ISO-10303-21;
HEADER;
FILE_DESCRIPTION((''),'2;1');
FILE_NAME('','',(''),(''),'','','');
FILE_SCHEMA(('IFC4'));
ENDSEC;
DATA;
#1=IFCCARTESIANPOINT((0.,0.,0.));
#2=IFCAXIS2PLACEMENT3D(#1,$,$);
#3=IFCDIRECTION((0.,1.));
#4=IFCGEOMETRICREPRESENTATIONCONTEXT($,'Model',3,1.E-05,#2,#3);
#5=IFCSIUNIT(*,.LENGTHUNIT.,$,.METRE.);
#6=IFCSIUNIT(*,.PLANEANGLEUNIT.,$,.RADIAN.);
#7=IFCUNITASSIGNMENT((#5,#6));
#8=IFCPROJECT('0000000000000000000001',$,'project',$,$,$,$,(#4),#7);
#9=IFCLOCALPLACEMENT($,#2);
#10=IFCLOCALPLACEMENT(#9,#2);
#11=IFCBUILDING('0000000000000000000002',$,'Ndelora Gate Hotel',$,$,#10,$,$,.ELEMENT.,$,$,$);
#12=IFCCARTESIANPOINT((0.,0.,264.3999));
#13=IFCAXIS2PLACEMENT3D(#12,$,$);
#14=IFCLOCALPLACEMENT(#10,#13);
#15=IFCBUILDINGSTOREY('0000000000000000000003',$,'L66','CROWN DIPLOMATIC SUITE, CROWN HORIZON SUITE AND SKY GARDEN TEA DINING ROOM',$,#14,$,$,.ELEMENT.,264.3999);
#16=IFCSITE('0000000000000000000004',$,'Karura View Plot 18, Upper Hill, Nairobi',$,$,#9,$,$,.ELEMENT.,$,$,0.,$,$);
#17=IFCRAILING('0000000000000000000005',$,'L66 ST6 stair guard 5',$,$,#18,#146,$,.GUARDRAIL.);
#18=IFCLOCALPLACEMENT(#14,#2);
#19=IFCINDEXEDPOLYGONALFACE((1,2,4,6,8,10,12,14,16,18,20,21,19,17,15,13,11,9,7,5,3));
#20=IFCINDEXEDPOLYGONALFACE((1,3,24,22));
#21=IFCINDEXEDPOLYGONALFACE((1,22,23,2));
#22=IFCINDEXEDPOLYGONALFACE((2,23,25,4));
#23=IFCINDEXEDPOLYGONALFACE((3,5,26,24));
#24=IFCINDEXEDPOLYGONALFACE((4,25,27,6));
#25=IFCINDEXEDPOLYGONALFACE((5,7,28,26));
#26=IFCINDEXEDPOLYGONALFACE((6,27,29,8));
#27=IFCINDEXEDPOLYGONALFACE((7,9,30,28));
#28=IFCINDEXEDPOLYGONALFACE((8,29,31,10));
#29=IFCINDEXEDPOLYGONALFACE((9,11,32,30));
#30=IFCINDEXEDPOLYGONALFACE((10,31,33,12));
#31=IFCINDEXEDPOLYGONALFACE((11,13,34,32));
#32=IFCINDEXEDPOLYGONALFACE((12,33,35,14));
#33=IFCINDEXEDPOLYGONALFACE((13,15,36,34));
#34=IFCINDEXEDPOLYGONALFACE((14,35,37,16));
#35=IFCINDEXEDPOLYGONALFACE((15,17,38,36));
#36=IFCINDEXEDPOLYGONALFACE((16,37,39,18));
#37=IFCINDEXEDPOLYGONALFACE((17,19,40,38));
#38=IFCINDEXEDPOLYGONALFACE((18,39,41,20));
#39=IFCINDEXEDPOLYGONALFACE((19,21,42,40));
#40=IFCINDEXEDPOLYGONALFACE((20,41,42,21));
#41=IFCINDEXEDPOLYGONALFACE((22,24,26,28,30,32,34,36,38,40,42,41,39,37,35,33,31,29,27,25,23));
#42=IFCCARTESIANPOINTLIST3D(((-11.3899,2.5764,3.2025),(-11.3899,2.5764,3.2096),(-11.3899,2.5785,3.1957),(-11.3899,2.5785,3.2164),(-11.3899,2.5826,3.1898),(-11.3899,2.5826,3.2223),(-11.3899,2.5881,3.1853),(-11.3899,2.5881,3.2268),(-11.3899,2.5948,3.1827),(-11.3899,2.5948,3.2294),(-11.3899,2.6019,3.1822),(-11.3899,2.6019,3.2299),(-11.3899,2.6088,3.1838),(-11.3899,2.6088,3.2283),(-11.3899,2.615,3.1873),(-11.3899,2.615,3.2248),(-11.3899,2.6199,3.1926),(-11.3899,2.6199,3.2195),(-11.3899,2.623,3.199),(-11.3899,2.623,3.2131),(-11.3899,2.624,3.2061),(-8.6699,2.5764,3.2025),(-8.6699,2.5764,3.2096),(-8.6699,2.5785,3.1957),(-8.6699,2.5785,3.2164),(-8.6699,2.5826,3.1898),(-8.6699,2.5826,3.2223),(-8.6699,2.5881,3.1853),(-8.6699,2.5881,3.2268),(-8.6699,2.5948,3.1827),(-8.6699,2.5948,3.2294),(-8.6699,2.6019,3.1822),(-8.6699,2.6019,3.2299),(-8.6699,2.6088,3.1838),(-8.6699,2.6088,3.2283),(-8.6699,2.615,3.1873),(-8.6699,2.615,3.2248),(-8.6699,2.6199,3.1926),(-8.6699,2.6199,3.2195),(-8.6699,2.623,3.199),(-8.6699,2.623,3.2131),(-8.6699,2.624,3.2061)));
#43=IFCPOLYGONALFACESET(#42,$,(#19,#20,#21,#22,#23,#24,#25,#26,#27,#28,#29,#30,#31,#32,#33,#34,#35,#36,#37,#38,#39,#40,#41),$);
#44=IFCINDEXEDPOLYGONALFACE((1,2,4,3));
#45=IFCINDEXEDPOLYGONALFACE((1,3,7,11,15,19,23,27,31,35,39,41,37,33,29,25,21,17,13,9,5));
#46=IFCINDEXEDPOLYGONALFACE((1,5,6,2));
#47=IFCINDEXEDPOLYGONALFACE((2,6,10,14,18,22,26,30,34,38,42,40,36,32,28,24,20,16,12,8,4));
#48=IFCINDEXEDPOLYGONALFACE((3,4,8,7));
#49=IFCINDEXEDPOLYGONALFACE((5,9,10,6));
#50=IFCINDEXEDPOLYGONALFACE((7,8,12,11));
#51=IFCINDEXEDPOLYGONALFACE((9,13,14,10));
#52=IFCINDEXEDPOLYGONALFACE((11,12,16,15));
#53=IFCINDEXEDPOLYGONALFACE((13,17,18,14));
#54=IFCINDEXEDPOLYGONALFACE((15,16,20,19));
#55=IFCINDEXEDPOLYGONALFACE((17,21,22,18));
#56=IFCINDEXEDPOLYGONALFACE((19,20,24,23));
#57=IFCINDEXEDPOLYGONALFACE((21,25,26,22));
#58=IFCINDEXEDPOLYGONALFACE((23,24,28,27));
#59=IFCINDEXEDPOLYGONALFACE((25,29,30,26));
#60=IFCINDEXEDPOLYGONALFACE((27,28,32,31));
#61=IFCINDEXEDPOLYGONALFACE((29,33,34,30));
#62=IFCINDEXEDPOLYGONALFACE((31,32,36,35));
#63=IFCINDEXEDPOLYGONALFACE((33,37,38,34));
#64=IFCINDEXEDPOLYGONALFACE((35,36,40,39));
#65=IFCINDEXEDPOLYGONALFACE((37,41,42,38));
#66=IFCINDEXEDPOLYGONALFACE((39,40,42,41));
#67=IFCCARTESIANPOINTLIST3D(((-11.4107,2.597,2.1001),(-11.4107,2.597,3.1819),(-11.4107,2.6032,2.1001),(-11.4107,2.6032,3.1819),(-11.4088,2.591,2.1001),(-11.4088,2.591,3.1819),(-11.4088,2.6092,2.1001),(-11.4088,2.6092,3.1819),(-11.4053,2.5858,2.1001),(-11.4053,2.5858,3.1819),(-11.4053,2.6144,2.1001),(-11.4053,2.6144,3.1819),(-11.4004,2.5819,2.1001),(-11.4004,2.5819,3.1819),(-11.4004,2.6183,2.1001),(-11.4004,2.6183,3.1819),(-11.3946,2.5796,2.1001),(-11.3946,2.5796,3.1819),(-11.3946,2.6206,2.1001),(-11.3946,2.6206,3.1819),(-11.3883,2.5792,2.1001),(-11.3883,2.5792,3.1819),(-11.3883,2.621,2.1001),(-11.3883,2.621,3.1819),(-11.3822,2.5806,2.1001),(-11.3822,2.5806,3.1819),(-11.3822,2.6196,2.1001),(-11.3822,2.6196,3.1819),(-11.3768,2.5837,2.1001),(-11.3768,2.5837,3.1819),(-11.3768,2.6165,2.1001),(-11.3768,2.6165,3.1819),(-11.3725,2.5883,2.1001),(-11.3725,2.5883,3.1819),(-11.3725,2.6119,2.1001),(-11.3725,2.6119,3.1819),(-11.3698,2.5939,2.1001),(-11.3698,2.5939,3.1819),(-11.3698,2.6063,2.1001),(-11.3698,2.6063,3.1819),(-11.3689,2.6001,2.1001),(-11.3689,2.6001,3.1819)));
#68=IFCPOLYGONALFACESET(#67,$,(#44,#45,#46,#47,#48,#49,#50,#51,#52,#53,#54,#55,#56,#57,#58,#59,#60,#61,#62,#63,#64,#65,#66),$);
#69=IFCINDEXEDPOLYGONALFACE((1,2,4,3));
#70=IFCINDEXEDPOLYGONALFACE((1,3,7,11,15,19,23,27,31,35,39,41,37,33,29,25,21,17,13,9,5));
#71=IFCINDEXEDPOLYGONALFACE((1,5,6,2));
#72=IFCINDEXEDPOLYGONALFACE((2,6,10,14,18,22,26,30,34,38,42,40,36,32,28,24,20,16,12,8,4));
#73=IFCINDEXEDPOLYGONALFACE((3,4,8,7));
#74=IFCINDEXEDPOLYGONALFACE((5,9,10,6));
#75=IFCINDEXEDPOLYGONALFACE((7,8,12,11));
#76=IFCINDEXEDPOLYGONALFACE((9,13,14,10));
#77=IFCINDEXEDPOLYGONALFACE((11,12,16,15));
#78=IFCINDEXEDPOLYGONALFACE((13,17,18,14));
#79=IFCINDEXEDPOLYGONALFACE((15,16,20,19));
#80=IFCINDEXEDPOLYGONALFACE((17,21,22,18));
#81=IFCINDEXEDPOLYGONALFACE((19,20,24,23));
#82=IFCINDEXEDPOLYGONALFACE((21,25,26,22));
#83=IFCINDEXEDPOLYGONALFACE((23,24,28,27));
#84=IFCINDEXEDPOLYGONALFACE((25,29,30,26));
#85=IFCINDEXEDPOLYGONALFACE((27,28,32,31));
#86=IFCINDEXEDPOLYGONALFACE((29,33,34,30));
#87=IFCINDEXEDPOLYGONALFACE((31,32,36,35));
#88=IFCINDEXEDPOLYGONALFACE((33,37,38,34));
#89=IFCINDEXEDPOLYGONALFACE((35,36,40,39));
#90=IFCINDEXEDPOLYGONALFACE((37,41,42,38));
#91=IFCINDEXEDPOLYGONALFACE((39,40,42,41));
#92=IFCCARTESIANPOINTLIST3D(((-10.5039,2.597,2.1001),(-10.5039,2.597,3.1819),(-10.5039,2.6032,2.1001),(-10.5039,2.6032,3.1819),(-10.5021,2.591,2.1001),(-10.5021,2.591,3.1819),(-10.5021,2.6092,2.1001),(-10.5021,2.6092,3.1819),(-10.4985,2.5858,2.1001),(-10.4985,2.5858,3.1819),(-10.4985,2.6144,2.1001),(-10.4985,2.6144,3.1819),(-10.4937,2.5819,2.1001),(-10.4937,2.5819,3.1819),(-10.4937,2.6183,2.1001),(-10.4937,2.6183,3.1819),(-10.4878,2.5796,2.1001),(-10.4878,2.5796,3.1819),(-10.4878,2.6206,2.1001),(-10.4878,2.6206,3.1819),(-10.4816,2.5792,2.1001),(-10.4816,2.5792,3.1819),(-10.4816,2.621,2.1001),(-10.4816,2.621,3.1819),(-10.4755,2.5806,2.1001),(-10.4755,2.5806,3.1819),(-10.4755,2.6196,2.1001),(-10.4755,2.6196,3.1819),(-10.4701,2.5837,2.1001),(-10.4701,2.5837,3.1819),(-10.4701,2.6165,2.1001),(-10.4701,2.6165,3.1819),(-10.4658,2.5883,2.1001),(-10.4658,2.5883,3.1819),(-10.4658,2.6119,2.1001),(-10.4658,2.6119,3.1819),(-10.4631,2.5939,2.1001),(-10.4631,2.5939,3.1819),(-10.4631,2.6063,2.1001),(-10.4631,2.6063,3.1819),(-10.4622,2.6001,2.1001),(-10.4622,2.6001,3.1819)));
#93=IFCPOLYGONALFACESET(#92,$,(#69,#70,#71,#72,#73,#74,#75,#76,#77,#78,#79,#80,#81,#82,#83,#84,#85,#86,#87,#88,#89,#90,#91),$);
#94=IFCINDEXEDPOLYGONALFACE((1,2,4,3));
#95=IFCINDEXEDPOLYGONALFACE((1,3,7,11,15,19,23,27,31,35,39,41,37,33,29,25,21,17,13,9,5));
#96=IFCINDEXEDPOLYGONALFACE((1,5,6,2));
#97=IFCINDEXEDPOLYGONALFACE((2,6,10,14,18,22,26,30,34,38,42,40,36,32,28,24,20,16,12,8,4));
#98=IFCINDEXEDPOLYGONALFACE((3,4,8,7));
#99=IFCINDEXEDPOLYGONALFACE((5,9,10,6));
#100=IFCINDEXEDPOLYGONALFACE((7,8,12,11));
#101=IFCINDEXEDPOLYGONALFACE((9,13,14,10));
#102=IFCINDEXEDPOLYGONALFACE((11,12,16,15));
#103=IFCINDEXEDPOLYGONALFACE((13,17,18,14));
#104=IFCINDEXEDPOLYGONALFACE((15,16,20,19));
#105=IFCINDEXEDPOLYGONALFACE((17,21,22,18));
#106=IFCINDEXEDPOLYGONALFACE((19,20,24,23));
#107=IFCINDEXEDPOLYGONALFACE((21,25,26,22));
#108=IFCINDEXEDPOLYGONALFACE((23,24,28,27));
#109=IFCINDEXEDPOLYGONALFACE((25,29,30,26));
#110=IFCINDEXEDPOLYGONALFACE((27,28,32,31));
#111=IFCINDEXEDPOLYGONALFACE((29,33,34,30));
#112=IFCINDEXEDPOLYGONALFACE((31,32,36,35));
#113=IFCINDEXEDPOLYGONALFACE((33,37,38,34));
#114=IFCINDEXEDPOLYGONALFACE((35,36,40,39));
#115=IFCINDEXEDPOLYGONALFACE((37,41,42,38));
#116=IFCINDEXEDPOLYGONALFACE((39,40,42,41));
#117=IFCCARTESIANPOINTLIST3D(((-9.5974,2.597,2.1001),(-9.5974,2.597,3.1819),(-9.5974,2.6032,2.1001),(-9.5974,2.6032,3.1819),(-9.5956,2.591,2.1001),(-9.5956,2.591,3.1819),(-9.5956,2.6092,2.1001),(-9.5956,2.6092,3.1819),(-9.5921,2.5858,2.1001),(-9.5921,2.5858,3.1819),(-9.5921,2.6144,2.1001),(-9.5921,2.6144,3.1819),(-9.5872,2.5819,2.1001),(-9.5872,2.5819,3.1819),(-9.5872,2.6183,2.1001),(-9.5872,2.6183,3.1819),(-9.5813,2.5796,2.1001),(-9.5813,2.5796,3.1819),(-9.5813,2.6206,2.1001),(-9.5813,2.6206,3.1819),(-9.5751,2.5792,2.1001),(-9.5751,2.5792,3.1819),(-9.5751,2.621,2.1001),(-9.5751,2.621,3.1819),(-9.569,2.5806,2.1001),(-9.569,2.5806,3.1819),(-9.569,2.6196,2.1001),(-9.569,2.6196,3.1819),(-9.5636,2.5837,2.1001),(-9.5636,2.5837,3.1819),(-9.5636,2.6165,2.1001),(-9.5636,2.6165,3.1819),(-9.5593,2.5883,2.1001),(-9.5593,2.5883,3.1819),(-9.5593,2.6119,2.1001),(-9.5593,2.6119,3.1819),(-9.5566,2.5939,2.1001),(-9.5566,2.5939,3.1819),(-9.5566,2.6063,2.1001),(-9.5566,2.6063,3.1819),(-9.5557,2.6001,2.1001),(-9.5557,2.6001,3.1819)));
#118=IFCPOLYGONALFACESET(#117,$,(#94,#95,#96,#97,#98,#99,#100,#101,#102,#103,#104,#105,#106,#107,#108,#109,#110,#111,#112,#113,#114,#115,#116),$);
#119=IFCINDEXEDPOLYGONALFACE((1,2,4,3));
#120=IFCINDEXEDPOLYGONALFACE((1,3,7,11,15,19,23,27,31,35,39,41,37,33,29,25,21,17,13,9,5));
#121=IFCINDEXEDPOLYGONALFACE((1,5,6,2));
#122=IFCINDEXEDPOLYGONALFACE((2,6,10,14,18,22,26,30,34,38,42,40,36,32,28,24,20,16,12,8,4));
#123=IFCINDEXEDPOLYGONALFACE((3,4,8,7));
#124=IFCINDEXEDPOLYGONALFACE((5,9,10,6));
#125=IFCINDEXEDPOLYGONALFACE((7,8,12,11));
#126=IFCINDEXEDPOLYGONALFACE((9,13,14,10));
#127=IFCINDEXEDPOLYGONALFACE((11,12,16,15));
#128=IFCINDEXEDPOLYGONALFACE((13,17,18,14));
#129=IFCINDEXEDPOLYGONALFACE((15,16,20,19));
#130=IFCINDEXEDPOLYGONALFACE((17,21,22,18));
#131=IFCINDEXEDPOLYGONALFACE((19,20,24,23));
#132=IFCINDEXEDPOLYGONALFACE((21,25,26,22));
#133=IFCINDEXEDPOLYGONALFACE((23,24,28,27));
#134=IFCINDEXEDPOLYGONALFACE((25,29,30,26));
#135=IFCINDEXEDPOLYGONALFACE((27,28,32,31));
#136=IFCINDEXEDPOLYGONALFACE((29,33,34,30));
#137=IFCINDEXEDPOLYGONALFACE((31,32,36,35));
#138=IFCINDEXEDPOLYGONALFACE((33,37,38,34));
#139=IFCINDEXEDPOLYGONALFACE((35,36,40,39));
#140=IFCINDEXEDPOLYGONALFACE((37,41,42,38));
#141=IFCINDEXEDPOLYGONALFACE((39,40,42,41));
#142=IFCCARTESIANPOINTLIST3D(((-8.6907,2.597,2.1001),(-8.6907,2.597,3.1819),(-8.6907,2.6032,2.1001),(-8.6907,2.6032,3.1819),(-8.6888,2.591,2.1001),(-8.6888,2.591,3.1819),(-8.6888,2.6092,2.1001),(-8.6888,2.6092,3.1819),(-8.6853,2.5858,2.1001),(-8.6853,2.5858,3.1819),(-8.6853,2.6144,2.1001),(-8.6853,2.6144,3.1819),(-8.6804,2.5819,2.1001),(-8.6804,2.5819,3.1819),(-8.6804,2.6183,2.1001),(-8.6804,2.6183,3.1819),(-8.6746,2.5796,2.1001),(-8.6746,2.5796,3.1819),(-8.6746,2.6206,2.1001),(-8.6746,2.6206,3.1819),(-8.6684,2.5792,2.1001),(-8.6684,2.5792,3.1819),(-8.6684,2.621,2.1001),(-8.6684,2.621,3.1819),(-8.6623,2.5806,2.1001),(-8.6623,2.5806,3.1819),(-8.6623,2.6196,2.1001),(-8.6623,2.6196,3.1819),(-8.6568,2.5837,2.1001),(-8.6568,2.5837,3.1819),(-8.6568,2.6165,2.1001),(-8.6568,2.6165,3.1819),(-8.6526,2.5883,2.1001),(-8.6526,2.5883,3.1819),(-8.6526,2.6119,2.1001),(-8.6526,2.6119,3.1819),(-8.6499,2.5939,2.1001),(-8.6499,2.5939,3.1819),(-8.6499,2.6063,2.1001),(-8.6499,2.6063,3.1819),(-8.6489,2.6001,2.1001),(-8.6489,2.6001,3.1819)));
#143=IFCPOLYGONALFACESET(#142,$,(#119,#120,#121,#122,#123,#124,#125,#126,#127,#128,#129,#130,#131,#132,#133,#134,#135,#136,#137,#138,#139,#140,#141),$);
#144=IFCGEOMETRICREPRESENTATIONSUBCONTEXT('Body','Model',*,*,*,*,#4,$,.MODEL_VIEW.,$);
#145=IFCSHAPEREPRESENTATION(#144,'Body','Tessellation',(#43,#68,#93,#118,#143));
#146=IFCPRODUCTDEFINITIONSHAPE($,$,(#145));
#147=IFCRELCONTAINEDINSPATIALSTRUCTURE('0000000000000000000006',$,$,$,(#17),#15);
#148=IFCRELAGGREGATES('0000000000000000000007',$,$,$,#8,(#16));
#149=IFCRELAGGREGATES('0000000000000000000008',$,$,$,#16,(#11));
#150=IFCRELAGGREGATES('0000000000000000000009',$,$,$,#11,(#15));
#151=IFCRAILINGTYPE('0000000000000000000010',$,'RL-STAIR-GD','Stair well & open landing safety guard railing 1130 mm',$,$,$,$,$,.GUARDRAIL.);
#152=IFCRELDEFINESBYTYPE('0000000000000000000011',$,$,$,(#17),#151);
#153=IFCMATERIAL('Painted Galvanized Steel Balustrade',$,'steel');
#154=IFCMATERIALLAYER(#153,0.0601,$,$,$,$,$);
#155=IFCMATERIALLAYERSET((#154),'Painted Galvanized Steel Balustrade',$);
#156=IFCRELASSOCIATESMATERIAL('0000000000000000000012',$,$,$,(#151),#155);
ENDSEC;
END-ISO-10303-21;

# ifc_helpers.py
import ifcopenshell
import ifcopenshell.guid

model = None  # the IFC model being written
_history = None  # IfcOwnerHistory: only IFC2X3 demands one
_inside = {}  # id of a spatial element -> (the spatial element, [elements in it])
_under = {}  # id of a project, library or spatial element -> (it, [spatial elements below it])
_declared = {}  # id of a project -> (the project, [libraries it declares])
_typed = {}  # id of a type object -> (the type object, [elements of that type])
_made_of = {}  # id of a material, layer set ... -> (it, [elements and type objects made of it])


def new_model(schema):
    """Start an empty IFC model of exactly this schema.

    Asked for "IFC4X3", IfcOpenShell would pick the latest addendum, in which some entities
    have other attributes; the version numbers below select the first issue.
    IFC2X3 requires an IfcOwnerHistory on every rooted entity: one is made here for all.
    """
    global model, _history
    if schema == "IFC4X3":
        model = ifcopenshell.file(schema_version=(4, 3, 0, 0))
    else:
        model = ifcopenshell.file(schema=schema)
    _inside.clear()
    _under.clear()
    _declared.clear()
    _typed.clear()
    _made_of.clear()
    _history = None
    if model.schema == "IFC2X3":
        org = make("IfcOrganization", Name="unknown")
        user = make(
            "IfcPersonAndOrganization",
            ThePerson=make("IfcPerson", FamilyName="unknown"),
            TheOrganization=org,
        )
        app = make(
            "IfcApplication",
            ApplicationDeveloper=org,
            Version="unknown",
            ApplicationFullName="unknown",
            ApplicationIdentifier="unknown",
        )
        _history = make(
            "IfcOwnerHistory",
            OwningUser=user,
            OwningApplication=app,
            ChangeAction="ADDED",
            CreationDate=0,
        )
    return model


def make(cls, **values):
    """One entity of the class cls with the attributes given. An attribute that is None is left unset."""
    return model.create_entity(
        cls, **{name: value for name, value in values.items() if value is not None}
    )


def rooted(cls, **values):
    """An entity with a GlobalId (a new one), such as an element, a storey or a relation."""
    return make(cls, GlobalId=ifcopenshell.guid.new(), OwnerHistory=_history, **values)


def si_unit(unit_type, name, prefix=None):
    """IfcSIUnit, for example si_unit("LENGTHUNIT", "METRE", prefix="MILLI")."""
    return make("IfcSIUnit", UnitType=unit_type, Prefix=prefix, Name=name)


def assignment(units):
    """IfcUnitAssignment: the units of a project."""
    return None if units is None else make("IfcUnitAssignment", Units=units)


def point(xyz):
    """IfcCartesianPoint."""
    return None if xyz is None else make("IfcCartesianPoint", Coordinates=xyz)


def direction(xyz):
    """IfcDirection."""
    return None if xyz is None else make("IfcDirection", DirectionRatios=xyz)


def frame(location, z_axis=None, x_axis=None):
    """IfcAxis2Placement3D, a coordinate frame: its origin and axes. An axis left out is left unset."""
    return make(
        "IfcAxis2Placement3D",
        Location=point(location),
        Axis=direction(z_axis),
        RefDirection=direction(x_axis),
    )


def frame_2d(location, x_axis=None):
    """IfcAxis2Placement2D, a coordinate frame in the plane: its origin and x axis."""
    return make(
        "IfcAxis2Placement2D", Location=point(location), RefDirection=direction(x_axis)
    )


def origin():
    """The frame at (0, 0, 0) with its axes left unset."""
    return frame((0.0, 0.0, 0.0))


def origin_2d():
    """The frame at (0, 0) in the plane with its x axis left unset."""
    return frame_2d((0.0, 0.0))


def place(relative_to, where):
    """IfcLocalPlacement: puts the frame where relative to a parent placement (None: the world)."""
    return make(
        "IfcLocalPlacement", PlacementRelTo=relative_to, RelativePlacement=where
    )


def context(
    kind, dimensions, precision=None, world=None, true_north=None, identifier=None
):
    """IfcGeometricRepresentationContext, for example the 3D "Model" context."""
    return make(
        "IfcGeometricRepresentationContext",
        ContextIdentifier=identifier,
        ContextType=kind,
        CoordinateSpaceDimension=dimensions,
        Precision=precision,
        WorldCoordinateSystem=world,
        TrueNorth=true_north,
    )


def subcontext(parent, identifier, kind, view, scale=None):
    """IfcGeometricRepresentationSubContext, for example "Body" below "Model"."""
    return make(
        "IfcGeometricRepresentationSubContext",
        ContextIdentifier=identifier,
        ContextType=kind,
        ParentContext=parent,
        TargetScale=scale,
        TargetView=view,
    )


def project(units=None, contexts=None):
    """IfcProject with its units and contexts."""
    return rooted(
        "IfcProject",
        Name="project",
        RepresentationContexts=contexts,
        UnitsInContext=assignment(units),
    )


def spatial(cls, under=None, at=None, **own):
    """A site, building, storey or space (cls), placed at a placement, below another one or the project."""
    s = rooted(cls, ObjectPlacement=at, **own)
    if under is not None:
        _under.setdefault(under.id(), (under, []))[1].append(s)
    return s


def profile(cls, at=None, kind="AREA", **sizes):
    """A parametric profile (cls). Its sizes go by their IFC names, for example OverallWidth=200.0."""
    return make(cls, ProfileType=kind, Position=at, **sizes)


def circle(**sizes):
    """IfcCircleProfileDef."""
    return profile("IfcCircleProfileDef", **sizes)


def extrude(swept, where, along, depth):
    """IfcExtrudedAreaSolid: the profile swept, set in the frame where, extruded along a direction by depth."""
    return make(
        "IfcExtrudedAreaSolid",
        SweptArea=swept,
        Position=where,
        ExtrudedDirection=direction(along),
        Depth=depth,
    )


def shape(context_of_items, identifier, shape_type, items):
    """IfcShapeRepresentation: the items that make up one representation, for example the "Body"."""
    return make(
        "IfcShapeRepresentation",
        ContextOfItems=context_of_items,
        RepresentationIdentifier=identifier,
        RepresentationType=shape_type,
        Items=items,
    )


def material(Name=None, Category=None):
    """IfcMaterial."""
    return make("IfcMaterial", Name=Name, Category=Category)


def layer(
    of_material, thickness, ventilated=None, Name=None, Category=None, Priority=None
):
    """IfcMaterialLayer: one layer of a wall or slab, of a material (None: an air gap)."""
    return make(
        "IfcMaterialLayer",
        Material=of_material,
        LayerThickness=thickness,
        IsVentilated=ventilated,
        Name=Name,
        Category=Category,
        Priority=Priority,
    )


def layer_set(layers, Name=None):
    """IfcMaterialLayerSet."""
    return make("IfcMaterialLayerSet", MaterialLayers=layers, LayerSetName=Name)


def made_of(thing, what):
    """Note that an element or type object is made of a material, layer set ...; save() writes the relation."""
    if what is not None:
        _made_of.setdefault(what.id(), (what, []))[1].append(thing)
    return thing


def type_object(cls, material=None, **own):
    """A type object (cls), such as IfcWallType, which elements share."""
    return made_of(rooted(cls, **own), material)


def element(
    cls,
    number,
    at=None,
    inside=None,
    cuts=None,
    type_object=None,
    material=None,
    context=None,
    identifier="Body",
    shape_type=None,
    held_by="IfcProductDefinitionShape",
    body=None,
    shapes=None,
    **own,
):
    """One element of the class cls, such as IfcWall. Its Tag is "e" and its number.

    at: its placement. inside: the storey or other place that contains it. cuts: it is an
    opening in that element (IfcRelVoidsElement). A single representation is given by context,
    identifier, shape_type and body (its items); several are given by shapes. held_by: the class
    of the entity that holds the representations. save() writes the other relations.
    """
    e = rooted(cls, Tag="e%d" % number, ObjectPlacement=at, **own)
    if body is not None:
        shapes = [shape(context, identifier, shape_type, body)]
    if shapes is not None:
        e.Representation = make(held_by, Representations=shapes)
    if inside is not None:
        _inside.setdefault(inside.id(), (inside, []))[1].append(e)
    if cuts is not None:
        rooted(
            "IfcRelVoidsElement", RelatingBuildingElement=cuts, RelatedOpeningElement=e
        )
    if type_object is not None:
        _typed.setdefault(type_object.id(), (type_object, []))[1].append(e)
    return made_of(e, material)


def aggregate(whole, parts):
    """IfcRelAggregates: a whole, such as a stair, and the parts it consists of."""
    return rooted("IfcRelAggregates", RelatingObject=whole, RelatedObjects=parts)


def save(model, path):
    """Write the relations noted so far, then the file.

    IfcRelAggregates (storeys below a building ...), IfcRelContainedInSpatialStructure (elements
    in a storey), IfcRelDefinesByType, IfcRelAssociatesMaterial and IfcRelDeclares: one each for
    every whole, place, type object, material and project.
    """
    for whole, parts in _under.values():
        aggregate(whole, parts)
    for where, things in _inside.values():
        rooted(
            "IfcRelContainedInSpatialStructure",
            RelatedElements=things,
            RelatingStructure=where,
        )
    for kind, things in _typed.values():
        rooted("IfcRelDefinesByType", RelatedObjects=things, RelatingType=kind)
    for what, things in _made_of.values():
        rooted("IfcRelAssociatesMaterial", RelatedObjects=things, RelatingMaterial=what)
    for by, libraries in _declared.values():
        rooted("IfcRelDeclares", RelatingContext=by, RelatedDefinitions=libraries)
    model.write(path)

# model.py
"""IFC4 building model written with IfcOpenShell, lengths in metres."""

from ifc_helpers import new_model, si_unit, direction, frame, origin, origin_2d, place, context, subcontext, project, spatial, circle, extrude, material, layer, layer_set, type_object, element, save


model = new_model("IFC4")

# Units and contexts
model_context = context("Model", 3, precision=1e-05, world=origin(), true_north=direction((0.0, 1.0)))
body_context = subcontext(model_context, "Body", "Model", "MODEL_VIEW")
ifc_project = project(units=[si_unit("LENGTHUNIT", "METRE"), si_unit("PLANEANGLEUNIT", "RADIAN")], contexts=[model_context])

# Site, building, storey
site_placement = place(None, origin())
site = spatial("IfcSite", under=ifc_project, at=site_placement, Name="Karura View Plot 18, Upper Hill, Nairobi", CompositionType="ELEMENT", RefElevation=0.0)
building_placement = place(site_placement, origin())
building = spatial("IfcBuilding", under=site, at=building_placement, Name="Ndelora Gate Hotel", CompositionType="ELEMENT")
storey_placement = place(building_placement, frame((0.0, 0.0, 264.3999)))
storey = spatial("IfcBuildingStorey", under=building, at=storey_placement, Name="L66", Description="CROWN DIPLOMATIC SUITE, CROWN HORIZON SUITE AND SKY GARDEN TEA DINING ROOM", CompositionType="ELEMENT", Elevation=264.3999)

# Railing
ifc_material_1 = material(Name="Painted Galvanized Steel Balustrade", Category="steel")
ifc_layer_1 = layer(ifc_material_1, 0.0601)
ifc_layer_set_1 = layer_set([ifc_layer_1], Name="Painted Galvanized Steel Balustrade")
railing_type_1 = type_object("IfcRailingType", Name="RL-STAIR-GD", Description="Stair well & open landing safety guard railing 1130 mm", PredefinedType="GUARDRAIL", material=ifc_layer_set_1)
railing_1_placement = place(storey_placement, frame((-11.3899, 2.6001, 2.1001)))
element("IfcRailing", 1, at=railing_1_placement, inside=storey, type_object=railing_type_1, Name="L66 ST6 stair guard 5", PredefinedType="GUARDRAIL", context=body_context, shape_type="SweptSolid", body=[
    extrude(circle(Radius=0.0239, at=origin_2d()), frame((0.0, 0.0, 1.106), z_axis=(1.0, 0.0, 0.0), x_axis=(0.0, 1.0, 0.0)), (0.0, 0.0, 1.0), 2.72),
    extrude(circle(Radius=0.021, at=origin_2d()), origin(), (0.0, 0.0, 1.0), 1.0818),
    extrude(circle(Radius=0.021, at=origin_2d()), frame((0.9067, 0.0, 0.0)), (0.0, 0.0, 1.0), 1.0818),
    extrude(circle(Radius=0.021, at=origin_2d()), frame((1.8132, 0.0, 0.0)), (0.0, 0.0, 1.0), 1.0818),
    extrude(circle(Radius=0.021, at=origin_2d()), frame((2.72, 0.0, 0.0)), (0.0, 0.0, 1.0), 1.0818),
])

save(model, "model.ifc")
